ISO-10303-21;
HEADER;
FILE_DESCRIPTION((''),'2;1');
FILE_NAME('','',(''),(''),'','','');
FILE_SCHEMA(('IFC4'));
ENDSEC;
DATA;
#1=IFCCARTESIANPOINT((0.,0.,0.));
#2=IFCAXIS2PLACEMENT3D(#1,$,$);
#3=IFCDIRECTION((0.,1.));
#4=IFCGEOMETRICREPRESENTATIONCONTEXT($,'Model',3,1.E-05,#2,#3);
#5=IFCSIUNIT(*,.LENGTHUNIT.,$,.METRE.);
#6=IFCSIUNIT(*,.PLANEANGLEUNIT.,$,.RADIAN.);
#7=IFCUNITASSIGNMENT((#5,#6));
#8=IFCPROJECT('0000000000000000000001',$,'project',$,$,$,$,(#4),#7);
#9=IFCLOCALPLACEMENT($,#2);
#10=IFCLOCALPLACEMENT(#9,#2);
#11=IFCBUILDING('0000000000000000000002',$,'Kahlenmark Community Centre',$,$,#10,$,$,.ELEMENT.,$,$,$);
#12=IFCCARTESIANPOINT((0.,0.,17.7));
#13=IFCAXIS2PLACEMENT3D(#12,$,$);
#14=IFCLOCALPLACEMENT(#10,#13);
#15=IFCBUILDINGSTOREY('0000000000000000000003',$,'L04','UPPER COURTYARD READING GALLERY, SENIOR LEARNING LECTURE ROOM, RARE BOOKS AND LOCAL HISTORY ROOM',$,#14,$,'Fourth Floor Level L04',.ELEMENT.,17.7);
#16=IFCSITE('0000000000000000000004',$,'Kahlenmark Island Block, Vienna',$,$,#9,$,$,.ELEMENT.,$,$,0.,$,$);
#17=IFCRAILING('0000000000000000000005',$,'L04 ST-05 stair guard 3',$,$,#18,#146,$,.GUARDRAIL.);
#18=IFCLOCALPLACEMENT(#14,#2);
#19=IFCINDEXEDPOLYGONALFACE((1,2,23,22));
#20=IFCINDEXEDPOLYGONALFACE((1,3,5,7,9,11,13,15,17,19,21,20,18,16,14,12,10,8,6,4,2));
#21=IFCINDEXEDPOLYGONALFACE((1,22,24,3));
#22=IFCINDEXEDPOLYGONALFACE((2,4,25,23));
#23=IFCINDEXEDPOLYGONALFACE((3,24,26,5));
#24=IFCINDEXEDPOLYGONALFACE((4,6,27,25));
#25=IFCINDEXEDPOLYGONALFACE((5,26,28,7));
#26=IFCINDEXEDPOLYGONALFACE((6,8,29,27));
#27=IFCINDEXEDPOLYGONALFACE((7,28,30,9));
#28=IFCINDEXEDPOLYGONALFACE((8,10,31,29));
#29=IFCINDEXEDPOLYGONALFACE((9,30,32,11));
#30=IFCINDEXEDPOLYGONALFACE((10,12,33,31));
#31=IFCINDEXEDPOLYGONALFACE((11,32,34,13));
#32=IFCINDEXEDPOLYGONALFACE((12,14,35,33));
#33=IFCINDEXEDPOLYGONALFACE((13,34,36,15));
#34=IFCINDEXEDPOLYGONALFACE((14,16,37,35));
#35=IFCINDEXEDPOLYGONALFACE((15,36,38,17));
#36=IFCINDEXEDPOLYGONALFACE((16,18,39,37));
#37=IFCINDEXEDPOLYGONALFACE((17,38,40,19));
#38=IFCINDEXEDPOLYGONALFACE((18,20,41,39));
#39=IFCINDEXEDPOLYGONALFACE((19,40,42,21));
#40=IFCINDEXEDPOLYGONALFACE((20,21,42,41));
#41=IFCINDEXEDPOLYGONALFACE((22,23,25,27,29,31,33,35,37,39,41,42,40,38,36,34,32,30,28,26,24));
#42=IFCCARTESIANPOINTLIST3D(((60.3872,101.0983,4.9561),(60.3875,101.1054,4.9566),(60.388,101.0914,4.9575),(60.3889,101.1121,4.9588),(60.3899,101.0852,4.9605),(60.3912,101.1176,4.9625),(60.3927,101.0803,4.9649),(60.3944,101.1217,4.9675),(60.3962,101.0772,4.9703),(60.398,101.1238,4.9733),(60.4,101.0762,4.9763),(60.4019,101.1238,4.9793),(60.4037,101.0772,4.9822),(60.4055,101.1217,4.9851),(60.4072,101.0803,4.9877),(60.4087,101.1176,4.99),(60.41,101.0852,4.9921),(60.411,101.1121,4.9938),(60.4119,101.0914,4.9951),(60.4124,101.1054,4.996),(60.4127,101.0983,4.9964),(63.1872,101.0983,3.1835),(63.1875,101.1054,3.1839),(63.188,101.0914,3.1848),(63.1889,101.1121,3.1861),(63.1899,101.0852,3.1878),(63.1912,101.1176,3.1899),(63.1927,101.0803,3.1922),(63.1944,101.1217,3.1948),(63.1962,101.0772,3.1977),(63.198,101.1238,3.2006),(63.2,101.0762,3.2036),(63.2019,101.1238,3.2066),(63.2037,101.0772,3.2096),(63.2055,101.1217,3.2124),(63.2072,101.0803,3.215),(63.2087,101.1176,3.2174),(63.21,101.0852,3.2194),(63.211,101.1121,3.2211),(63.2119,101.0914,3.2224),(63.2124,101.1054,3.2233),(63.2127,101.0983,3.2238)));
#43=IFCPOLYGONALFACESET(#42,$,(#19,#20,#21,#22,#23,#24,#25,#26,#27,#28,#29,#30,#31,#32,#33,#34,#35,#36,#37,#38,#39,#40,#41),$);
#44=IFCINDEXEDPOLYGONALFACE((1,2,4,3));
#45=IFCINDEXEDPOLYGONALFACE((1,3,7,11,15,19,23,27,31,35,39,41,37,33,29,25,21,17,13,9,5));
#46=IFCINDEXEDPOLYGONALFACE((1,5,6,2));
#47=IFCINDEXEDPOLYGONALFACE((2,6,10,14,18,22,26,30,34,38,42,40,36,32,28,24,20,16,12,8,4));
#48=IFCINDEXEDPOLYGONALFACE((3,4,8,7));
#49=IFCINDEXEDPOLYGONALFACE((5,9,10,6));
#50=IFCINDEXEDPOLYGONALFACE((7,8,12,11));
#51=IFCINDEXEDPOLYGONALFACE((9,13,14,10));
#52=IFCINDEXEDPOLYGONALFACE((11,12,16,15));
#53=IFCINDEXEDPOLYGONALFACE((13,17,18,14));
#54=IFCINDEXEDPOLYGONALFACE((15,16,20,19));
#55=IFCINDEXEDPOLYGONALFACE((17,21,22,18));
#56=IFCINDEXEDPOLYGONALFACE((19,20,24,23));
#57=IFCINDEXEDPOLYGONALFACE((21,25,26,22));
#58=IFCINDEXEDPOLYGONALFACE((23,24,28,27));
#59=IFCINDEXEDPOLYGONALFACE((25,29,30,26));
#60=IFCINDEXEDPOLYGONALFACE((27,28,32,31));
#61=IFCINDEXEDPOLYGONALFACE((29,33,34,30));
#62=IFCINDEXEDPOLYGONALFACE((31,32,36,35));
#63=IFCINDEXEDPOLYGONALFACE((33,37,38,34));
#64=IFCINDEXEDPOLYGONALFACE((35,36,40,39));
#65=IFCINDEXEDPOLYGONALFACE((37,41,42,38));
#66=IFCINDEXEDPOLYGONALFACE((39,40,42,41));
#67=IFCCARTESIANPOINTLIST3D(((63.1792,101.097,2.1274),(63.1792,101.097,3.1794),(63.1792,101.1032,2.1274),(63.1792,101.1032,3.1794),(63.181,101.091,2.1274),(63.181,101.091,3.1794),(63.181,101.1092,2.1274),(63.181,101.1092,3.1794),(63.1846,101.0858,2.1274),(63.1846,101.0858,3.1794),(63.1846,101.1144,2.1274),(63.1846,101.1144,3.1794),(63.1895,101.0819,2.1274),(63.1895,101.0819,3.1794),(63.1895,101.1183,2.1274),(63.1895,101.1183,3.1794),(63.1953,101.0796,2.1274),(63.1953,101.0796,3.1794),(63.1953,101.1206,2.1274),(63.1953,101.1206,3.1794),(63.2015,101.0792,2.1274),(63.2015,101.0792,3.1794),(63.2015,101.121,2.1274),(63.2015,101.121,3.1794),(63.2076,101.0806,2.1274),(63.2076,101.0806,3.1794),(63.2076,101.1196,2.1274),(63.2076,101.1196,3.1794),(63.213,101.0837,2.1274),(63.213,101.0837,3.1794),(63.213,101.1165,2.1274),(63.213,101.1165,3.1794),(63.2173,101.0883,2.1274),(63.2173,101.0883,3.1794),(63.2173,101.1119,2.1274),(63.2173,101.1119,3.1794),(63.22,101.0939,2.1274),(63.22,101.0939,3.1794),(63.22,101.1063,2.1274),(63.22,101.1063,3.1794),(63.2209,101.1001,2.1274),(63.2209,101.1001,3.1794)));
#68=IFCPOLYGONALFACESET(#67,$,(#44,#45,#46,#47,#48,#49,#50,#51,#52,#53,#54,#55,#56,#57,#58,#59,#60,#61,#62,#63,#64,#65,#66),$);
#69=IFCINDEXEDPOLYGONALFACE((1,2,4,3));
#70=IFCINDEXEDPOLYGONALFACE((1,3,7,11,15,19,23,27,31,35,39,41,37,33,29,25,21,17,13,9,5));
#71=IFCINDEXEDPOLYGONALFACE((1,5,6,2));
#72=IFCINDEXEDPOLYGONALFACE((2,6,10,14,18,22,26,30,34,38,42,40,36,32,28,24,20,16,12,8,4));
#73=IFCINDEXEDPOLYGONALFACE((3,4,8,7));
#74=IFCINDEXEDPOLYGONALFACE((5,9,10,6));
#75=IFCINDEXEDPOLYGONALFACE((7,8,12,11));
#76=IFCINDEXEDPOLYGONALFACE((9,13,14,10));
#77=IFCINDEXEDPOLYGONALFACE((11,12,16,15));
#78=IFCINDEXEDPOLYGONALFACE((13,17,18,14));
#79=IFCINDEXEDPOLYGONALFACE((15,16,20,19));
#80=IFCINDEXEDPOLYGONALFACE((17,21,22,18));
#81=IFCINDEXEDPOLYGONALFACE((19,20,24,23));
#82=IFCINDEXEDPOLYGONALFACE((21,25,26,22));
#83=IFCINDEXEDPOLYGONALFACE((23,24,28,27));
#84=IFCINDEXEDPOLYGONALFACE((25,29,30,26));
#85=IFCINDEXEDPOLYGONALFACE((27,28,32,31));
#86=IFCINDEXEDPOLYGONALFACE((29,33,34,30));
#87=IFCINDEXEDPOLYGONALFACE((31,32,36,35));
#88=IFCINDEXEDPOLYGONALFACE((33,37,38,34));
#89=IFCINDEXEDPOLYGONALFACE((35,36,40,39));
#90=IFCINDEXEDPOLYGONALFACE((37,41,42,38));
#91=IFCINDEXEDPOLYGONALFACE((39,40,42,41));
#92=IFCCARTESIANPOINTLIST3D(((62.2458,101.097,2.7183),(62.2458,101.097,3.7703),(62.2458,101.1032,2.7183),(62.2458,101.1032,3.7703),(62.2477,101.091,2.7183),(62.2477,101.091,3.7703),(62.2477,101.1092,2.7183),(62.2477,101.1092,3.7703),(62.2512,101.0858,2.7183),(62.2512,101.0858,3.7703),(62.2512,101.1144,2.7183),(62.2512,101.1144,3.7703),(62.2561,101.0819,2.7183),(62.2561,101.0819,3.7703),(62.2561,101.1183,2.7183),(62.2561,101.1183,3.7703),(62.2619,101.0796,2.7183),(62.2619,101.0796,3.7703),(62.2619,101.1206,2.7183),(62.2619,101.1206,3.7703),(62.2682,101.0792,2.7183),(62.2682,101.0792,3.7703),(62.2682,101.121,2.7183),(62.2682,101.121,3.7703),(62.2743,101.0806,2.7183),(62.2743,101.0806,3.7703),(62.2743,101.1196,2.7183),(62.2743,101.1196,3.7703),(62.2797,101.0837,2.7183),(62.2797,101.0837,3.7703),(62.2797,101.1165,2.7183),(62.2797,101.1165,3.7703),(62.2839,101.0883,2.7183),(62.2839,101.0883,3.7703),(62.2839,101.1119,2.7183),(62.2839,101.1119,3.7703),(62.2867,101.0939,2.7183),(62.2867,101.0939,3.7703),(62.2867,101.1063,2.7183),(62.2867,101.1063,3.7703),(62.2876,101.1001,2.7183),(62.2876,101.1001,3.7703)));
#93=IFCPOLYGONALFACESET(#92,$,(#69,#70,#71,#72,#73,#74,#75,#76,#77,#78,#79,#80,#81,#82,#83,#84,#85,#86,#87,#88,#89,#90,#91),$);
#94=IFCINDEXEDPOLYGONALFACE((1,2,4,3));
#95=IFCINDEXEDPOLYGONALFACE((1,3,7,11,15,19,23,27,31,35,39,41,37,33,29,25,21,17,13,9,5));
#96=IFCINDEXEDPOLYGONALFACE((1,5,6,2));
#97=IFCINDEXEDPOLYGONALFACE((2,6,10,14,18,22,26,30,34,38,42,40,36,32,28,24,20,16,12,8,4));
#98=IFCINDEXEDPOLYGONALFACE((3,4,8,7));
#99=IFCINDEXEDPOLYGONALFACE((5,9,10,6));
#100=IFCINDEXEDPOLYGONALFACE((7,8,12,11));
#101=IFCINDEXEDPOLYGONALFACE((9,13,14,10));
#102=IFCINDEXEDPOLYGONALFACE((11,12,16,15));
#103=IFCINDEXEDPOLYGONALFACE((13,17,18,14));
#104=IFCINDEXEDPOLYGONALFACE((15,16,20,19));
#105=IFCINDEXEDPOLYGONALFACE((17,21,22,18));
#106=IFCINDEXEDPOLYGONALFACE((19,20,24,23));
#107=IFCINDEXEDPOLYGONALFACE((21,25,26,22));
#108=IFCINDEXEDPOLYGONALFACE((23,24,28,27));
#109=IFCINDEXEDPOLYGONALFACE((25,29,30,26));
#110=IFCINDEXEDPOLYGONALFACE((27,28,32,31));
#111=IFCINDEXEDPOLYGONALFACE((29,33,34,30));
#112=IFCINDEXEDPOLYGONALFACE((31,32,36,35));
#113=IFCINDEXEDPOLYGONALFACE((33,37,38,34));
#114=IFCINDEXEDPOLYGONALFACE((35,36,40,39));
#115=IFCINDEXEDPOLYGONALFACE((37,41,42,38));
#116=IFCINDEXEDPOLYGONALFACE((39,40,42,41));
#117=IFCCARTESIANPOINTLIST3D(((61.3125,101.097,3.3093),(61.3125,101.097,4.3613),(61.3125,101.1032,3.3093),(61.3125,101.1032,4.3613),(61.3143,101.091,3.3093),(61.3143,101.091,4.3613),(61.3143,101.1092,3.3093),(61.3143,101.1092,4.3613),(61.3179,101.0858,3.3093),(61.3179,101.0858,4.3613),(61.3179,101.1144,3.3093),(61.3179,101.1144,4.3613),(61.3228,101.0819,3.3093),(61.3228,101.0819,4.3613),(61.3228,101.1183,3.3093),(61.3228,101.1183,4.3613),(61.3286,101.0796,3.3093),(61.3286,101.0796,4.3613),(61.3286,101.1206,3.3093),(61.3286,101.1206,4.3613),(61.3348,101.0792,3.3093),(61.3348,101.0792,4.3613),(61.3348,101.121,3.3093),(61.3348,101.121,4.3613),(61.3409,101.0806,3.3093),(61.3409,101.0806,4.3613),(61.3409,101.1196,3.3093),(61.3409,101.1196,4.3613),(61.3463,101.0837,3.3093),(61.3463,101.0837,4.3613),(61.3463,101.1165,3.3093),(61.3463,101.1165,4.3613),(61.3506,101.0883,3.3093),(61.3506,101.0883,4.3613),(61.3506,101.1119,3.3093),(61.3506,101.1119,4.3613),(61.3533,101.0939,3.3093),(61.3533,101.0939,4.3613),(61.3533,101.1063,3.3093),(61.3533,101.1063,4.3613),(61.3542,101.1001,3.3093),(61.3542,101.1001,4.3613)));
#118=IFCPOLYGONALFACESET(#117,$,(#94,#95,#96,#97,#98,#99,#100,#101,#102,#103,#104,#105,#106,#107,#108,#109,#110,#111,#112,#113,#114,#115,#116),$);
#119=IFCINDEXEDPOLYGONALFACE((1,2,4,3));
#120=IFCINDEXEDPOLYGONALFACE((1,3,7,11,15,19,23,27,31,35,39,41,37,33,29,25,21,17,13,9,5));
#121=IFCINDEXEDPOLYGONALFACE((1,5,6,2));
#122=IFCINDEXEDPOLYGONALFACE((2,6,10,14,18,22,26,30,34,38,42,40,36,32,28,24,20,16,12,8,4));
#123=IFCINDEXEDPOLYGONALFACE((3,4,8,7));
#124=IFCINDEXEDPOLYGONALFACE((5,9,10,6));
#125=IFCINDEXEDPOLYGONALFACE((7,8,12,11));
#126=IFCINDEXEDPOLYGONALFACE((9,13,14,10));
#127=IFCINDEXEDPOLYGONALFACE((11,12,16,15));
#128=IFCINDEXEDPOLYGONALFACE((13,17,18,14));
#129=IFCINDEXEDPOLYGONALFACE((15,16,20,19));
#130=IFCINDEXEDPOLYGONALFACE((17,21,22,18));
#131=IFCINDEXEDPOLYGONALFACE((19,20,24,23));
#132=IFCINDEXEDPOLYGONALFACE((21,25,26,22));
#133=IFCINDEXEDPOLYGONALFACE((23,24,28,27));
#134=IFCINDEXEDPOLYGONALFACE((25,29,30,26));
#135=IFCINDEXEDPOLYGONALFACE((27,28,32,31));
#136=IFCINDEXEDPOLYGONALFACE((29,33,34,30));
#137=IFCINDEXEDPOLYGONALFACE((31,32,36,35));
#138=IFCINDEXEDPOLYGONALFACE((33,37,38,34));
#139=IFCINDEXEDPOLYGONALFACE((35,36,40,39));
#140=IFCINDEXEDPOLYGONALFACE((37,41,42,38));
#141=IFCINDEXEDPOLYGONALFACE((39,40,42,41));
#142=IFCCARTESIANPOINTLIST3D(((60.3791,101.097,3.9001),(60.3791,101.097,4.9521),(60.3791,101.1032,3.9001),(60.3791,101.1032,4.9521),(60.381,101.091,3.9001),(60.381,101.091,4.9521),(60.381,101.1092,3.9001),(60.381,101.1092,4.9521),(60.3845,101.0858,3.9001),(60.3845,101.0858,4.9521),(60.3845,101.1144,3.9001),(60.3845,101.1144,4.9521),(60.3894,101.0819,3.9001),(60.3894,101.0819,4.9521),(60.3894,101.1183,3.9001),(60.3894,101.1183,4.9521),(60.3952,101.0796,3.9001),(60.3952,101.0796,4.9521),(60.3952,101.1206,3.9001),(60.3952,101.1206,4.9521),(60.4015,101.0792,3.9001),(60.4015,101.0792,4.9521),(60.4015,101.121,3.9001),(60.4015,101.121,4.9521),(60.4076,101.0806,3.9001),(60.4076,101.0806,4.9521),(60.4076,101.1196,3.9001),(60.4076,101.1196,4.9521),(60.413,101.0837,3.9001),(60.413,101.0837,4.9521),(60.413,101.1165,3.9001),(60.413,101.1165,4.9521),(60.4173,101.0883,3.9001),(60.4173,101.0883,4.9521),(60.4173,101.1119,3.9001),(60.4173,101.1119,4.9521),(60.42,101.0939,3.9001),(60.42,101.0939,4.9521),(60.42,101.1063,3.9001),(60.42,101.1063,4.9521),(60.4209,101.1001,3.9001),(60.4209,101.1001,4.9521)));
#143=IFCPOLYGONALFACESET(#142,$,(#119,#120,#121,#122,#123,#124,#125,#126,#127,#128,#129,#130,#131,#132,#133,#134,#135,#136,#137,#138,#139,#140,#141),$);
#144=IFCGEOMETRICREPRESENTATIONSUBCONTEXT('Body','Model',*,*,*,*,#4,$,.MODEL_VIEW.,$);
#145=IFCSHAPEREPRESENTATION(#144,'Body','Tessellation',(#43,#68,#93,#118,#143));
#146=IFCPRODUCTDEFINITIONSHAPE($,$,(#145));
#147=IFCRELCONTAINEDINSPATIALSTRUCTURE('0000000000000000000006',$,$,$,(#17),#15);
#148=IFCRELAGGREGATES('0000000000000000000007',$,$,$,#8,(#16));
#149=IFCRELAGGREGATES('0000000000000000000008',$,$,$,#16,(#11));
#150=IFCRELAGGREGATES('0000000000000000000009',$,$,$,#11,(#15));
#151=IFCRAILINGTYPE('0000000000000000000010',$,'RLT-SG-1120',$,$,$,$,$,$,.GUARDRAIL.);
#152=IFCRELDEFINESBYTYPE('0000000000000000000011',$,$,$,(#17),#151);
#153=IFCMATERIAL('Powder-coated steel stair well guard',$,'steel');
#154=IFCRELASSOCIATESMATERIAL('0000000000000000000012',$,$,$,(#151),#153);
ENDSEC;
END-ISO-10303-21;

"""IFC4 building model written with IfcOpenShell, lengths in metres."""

from ifc_helpers import new_model, si_unit, direction, frame, origin, origin_2d, place, context, subcontext, project, spatial, circle, extrude, material, type_object, element, save


model = new_model("IFC4")

# Units and contexts
model_context = context("Model", 3, precision=1e-05, world=origin(), true_north=direction((0.0, 1.0)))
body_context = subcontext(model_context, "Body", "Model", "MODEL_VIEW")
ifc_project = project(units=[si_unit("LENGTHUNIT", "METRE"), si_unit("PLANEANGLEUNIT", "RADIAN")], contexts=[model_context])

# Site, building, storey
site_placement = place(None, origin())
site = spatial("IfcSite", under=ifc_project, at=site_placement, Name="Kahlenmark Island Block, Vienna", CompositionType="ELEMENT", RefElevation=0.0)
building_placement = place(site_placement, origin())
building = spatial("IfcBuilding", under=site, at=building_placement, Name="Kahlenmark Community Centre", CompositionType="ELEMENT")
storey_placement = place(building_placement, frame((0.0, 0.0, 17.7)))
storey = spatial("IfcBuildingStorey", under=building, at=storey_placement, Name="L04", Description="UPPER COURTYARD READING GALLERY, SENIOR LEARNING LECTURE ROOM, RARE BOOKS AND LOCAL HISTORY ROOM", LongName="Fourth Floor Level L04", CompositionType="ELEMENT", Elevation=17.7)

# Railing
ifc_material_1 = material(Name="Powder-coated steel stair well guard", Category="steel")
railing_type_1 = type_object("IfcRailingType", Name="RLT-SG-1120", PredefinedType="GUARDRAIL", material=ifc_material_1)
railing_1_placement = place(storey_placement, frame((63.2, 101.1001, 2.1274)))
element("IfcRailing", 1, at=railing_1_placement, inside=storey, type_object=railing_type_1, Name="L04 ST-05 stair guard 3", PredefinedType="GUARDRAIL", context=body_context, shape_type="SweptSolid", body=[
    extrude(circle(Radius=0.0239, at=origin_2d()), frame((0.0, 0.0, 1.0762), z_axis=(-0.844909, 0.0, 0.53491), x_axis=(0.0, -1.0, 0.0)), (0.0, 0.0, 1.0), 3.314),
    extrude(circle(Radius=0.021, at=origin_2d()), origin(), (0.0, 0.0, 1.0), 1.052),
    extrude(circle(Radius=0.021, at=origin_2d()), frame((-0.9333, 0.0, 0.5908)), (0.0, 0.0, 1.0), 1.052),
    extrude(circle(Radius=0.021, at=origin_2d()), frame((-1.8667, 0.0, 1.1819)), (0.0, 0.0, 1.0), 1.052),
    extrude(circle(Radius=0.021, at=origin_2d()), frame((-2.8, 0.0, 1.7727)), (0.0, 0.0, 1.0), 1.052),
])

save(model, "model.ifc")
